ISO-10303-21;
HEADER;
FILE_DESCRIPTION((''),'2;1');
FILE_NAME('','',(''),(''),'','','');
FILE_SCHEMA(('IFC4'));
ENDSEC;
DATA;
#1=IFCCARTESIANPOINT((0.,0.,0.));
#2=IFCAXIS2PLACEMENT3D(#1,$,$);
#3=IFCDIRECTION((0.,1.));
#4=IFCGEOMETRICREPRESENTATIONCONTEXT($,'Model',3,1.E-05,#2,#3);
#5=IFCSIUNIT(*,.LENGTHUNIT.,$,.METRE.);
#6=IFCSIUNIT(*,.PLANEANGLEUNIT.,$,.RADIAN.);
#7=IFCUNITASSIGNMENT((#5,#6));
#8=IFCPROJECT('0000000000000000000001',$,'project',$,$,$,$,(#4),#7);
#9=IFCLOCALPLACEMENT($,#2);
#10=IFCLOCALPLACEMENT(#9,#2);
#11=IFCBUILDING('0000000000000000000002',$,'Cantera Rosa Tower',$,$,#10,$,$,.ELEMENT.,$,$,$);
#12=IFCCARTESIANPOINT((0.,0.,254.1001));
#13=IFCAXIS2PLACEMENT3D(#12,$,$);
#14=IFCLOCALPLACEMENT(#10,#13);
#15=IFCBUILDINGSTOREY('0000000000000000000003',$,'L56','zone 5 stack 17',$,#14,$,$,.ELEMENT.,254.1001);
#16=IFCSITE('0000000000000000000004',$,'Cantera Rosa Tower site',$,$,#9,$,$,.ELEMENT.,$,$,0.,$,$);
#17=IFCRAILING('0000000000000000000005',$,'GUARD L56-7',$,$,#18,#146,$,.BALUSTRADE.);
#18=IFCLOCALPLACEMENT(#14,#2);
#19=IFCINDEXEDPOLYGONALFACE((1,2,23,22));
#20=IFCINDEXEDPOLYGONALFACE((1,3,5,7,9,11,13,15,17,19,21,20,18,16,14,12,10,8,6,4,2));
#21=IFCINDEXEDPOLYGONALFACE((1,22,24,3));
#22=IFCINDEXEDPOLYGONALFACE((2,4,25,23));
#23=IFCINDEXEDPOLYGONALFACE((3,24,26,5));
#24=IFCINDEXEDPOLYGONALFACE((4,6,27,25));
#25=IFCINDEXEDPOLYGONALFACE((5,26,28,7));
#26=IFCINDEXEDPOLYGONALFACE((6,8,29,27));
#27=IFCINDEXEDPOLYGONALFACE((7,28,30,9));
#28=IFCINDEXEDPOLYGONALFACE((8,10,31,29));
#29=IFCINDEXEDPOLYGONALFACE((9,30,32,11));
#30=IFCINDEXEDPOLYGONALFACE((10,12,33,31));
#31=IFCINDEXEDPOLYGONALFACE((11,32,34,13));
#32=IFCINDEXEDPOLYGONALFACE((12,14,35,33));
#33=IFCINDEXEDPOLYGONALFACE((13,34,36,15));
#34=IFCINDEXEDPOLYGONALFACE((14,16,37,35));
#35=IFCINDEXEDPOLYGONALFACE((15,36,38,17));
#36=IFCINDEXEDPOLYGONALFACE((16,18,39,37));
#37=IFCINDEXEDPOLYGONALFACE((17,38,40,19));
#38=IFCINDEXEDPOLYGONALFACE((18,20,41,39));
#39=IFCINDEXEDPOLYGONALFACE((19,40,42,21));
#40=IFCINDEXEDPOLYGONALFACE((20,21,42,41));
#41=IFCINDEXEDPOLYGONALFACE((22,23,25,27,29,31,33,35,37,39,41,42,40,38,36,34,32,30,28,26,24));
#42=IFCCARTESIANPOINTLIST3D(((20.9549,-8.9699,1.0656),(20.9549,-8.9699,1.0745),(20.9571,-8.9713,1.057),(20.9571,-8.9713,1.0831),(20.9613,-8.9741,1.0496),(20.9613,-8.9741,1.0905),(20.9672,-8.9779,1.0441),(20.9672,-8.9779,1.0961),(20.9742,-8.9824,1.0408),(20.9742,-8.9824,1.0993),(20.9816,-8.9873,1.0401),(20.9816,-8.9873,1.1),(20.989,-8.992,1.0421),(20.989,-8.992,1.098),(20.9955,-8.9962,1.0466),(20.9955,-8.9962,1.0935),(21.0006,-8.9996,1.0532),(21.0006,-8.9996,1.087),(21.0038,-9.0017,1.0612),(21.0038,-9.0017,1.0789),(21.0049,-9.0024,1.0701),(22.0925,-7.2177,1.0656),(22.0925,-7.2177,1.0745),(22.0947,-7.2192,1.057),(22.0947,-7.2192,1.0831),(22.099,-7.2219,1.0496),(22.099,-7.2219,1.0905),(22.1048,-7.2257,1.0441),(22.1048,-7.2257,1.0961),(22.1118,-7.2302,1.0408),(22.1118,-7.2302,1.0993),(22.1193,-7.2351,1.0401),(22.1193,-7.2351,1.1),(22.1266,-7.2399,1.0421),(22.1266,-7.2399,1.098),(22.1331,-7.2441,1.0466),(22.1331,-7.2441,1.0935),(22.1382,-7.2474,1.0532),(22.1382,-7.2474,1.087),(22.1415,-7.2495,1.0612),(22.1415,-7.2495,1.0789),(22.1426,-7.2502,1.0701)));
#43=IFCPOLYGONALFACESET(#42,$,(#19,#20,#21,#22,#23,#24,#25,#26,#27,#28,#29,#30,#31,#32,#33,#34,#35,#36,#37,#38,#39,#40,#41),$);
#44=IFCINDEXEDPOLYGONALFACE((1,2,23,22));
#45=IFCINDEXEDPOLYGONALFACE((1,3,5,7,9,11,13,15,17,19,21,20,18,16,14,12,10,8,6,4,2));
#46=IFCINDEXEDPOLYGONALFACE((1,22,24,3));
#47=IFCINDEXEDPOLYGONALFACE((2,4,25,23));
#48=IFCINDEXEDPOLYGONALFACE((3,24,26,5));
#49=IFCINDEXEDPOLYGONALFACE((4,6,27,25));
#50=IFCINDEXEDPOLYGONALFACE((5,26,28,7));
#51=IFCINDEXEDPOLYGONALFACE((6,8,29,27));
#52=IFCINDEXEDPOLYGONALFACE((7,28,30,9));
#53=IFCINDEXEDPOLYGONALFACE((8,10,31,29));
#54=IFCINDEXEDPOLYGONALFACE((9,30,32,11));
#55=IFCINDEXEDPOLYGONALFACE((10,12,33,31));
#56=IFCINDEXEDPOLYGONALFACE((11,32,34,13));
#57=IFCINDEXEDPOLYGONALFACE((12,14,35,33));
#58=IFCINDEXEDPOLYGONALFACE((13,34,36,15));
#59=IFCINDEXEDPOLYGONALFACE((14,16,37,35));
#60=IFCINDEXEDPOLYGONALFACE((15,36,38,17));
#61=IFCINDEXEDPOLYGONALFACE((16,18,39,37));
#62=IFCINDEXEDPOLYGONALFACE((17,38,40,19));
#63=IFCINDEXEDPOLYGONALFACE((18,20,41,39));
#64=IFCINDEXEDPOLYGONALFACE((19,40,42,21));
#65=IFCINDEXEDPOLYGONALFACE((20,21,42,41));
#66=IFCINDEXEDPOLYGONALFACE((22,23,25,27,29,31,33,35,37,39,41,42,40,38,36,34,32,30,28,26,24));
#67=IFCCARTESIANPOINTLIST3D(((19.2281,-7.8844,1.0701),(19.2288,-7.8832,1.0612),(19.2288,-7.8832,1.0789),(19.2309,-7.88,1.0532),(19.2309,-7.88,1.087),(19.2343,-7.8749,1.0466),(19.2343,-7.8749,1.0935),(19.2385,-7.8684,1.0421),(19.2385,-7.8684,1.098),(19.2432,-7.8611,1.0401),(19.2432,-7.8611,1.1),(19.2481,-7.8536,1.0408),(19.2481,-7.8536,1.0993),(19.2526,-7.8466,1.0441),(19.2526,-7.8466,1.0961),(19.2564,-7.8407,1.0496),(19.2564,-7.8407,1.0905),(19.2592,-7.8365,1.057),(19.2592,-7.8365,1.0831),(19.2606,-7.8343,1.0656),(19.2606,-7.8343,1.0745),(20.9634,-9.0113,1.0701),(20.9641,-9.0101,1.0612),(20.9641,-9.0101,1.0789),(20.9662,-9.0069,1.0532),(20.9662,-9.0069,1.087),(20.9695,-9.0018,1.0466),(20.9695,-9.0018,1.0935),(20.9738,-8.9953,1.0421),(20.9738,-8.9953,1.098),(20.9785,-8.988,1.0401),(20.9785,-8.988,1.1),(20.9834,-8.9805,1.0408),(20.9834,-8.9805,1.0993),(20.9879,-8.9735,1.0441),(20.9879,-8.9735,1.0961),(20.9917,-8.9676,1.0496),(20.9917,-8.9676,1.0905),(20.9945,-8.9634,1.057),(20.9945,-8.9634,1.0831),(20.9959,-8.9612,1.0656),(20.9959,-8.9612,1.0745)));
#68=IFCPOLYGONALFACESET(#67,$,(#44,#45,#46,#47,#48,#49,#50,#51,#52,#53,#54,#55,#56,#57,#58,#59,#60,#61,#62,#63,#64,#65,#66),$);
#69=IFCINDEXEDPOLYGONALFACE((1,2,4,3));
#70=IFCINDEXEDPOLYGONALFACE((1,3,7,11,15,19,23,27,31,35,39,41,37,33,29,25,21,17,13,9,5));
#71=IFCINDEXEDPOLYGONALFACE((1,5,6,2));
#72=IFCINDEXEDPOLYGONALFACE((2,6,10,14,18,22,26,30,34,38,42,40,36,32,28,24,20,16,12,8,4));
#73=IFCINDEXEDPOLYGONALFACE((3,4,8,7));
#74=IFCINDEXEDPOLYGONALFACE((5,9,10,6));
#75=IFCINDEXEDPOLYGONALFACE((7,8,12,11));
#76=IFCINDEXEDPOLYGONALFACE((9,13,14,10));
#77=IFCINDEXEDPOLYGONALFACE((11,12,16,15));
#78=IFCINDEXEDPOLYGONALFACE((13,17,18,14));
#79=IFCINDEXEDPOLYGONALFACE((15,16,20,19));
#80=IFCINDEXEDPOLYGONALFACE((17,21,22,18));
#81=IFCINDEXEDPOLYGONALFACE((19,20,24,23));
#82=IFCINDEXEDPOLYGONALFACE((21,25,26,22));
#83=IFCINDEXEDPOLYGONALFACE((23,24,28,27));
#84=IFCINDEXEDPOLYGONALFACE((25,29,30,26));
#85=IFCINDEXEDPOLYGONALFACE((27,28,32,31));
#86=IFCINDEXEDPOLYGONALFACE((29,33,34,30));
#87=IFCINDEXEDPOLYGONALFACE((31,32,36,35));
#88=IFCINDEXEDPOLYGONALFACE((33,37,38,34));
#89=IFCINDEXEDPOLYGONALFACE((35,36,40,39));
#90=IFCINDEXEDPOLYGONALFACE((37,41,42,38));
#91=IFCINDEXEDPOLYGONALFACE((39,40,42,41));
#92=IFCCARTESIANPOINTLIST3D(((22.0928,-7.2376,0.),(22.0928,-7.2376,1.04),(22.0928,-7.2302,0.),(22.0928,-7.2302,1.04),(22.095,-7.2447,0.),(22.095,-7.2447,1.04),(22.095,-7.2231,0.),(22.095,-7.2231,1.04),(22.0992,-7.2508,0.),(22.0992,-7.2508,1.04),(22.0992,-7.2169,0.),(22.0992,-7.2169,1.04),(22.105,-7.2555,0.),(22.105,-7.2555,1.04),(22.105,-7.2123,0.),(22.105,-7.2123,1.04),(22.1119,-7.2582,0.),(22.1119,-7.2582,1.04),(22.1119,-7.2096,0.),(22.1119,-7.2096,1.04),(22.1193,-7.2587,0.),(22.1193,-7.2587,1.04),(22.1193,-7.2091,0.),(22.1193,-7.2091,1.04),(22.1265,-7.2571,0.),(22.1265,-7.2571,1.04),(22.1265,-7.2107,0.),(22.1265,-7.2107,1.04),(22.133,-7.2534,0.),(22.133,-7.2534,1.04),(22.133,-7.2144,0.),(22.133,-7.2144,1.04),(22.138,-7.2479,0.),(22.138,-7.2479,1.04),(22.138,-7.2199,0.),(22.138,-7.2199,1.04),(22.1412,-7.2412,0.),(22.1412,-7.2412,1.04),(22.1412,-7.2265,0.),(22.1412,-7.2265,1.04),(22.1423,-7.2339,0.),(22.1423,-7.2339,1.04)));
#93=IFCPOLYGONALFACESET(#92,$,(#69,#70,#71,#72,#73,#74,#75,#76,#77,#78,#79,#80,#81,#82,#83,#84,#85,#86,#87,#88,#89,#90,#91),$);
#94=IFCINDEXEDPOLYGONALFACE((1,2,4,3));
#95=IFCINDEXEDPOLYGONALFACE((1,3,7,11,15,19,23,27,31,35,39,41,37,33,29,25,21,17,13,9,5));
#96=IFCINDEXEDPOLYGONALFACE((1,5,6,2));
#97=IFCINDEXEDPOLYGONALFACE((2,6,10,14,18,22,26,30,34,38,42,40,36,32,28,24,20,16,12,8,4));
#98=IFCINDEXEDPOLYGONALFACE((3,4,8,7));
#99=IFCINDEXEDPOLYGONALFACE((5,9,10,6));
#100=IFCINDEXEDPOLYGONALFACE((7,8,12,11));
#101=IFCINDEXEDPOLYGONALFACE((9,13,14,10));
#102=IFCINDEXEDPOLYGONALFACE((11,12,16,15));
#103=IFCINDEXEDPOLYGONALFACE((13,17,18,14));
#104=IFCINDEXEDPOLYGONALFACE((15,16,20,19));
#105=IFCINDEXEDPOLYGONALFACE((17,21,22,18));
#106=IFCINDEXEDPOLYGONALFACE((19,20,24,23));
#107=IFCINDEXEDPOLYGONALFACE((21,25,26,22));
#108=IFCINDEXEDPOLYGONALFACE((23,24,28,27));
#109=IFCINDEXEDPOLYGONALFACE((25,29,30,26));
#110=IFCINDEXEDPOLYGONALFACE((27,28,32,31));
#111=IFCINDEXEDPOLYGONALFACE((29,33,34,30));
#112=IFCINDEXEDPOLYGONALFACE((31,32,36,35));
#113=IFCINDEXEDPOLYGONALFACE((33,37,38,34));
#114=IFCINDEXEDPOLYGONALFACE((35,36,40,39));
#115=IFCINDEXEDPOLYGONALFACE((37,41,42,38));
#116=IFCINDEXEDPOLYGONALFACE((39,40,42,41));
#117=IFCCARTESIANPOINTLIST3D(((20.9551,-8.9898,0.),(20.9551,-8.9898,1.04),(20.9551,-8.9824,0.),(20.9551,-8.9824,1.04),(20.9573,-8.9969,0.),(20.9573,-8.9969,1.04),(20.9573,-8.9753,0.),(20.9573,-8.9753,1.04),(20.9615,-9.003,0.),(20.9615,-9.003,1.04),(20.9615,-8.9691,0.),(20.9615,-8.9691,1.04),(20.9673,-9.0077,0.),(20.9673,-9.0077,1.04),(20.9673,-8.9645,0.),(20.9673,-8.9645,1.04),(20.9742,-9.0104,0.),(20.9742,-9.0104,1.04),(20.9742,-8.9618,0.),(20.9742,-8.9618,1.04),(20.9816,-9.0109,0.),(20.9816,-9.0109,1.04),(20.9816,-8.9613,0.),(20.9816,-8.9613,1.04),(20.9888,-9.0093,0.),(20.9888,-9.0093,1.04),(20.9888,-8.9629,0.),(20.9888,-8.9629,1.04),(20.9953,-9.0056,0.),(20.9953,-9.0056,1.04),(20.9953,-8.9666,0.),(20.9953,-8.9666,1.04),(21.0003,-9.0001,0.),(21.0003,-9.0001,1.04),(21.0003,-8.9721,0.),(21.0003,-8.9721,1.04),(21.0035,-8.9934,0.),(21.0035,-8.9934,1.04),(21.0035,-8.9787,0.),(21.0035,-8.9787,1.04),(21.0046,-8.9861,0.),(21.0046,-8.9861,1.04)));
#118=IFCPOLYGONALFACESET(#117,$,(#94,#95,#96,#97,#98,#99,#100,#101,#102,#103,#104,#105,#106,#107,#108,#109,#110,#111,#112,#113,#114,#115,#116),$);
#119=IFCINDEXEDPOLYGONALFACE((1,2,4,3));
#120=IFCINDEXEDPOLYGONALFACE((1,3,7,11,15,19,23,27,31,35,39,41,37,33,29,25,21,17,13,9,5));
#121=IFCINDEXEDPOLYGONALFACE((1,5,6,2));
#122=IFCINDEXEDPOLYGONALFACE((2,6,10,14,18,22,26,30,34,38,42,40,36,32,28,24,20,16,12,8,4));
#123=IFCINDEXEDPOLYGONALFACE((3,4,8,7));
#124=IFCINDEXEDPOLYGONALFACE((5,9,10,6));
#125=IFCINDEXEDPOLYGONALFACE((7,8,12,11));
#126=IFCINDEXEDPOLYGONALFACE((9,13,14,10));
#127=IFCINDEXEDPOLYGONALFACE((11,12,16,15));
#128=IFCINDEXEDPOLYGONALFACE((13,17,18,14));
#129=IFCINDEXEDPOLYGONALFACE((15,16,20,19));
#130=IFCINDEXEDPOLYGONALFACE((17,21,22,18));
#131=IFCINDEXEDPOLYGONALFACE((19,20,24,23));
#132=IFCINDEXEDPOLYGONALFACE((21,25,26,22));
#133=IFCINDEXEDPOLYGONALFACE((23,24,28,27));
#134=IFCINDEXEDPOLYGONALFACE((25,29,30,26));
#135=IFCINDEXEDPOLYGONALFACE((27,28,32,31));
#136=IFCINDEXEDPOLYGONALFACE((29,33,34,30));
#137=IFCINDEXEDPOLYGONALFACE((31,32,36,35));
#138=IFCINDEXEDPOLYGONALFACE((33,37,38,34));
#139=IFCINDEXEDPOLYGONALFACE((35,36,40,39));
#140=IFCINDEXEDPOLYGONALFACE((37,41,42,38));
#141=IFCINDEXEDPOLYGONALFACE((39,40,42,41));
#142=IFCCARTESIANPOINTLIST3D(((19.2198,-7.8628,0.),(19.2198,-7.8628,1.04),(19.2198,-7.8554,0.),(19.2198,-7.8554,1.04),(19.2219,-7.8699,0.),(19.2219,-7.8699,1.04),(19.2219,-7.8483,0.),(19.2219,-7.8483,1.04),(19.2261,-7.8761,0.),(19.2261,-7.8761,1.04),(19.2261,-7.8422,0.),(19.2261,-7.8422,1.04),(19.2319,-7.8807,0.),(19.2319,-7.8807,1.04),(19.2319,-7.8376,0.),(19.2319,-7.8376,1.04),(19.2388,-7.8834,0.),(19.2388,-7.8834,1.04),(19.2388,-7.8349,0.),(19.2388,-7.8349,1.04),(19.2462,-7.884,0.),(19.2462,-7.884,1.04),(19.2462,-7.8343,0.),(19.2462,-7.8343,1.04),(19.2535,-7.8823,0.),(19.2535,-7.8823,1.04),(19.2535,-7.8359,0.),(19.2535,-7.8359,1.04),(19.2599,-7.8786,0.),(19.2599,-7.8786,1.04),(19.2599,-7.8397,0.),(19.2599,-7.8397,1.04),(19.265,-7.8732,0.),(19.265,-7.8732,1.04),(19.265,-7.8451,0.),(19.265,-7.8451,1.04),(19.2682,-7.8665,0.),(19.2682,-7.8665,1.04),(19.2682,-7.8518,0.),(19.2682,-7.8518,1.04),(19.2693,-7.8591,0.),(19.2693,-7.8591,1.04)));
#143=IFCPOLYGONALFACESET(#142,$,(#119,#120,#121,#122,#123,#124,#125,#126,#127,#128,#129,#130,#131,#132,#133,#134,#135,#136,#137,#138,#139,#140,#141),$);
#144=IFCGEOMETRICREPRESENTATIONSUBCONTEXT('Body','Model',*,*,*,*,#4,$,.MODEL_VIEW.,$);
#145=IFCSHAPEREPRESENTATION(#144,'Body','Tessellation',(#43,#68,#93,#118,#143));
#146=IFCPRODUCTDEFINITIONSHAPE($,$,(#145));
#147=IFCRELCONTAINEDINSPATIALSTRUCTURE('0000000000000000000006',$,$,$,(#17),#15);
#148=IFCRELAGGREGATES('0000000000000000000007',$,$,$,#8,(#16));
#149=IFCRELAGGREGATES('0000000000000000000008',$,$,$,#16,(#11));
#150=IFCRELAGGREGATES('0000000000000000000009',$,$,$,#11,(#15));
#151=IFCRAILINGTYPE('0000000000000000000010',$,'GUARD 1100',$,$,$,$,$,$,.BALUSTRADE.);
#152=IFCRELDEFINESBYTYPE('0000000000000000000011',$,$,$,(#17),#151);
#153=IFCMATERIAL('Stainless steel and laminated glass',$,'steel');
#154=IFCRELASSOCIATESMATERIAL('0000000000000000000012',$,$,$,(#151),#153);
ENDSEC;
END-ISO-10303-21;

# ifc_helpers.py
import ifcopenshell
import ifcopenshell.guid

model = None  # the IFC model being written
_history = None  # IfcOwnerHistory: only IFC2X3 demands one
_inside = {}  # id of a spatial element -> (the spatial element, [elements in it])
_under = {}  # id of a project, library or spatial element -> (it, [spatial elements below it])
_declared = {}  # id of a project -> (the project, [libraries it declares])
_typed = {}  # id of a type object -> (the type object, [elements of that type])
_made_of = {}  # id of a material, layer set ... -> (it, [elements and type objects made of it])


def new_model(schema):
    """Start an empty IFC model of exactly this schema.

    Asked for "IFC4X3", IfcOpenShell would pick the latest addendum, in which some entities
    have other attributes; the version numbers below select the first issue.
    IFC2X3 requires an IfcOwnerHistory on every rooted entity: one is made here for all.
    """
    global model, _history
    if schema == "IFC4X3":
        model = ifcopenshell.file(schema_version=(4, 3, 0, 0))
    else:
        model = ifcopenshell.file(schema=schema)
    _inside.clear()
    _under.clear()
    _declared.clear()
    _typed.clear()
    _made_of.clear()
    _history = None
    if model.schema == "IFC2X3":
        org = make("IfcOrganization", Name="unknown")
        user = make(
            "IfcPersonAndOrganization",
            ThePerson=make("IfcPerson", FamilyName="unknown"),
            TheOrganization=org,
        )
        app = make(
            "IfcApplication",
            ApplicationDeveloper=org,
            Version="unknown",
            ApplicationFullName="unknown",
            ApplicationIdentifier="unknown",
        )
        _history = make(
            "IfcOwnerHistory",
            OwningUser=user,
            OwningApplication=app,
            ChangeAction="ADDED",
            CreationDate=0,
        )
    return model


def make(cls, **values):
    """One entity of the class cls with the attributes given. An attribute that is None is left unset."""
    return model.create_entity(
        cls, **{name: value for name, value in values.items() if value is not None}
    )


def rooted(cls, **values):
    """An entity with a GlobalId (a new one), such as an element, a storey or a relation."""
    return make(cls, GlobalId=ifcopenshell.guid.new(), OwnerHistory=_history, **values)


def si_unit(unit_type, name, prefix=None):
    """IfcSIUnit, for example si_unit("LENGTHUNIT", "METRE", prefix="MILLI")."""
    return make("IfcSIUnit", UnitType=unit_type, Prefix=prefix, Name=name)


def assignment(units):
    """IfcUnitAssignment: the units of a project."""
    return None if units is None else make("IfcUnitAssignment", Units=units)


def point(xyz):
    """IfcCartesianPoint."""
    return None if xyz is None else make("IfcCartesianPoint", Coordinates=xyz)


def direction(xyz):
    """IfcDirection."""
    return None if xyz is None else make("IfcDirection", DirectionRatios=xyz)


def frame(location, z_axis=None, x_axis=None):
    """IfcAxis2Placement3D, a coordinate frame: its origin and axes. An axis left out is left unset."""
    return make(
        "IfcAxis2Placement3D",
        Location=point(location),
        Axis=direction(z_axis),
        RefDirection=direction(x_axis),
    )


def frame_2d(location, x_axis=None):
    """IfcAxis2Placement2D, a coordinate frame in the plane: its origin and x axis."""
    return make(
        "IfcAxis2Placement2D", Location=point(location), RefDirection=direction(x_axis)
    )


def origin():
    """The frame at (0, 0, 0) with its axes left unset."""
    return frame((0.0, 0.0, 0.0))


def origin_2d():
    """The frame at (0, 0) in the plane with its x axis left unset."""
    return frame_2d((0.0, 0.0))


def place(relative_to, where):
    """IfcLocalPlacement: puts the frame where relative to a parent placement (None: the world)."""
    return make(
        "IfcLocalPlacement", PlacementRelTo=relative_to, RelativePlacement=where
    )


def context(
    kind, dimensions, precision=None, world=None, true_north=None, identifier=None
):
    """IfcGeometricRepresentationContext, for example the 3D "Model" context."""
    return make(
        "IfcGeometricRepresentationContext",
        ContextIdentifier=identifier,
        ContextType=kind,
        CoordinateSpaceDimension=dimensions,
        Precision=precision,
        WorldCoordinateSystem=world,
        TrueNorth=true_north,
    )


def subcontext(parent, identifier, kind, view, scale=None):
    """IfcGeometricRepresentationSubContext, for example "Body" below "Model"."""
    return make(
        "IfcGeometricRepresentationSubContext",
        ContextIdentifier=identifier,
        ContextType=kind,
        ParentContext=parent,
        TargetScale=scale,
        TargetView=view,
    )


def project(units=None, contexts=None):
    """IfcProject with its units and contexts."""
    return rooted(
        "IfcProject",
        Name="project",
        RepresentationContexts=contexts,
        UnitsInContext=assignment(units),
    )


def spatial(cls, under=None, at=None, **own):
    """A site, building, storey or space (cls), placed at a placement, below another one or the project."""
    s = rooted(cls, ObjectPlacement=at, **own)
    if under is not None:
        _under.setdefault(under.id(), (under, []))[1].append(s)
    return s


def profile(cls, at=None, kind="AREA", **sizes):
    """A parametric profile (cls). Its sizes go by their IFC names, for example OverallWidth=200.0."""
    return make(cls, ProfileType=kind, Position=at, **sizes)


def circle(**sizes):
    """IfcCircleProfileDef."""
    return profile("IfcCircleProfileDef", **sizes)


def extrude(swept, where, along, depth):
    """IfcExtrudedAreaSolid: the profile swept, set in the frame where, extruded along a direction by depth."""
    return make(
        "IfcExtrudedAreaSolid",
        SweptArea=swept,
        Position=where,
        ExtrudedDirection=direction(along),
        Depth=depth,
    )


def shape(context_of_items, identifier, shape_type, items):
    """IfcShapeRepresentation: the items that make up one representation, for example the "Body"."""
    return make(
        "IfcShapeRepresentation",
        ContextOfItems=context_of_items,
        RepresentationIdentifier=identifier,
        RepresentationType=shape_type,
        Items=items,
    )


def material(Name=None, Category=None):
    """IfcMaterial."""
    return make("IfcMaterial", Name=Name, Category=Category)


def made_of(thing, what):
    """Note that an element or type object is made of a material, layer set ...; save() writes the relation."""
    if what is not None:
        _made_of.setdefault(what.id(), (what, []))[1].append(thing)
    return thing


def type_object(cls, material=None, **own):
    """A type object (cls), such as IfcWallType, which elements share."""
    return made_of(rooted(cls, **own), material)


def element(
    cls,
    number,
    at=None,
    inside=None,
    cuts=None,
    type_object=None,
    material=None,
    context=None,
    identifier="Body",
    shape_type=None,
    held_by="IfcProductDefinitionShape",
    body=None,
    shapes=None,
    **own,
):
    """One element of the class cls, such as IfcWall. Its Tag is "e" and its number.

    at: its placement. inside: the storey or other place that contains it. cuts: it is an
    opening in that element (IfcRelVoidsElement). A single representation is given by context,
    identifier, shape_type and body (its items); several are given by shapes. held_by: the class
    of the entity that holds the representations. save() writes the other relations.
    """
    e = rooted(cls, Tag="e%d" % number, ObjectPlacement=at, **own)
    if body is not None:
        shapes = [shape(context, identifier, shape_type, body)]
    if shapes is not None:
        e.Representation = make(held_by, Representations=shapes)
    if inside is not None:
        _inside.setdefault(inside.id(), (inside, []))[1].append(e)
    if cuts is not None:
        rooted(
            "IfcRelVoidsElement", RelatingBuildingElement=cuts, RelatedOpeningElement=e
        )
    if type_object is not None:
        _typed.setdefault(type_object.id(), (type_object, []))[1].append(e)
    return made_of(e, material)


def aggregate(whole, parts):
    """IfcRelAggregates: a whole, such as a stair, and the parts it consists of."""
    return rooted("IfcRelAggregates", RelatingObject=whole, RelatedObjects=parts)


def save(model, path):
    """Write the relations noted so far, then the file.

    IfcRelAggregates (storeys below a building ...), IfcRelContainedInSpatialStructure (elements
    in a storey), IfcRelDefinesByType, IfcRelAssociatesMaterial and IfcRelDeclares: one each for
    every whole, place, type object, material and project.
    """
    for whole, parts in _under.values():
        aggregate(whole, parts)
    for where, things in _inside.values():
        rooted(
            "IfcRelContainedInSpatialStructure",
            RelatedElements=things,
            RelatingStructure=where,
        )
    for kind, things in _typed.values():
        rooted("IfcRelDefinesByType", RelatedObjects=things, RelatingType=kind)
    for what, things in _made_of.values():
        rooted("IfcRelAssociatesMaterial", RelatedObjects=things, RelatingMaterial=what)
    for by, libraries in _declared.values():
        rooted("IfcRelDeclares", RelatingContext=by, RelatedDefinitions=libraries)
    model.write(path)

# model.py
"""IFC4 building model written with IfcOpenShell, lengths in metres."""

from ifc_helpers import new_model, si_unit, direction, frame, origin, origin_2d, place, context, subcontext, project, spatial, circle, extrude, material, type_object, element, save


model = new_model("IFC4")

# Units and contexts
model_context = context("Model", 3, precision=1e-05, world=origin(), true_north=direction((0.0, 1.0)))
body_context = subcontext(model_context, "Body", "Model", "MODEL_VIEW")
ifc_project = project(units=[si_unit("LENGTHUNIT", "METRE"), si_unit("PLANEANGLEUNIT", "RADIAN")], contexts=[model_context])

# Site, building, storey
site_placement = place(None, origin())
site = spatial("IfcSite", under=ifc_project, at=site_placement, Name="Cantera Rosa Tower site", CompositionType="ELEMENT", RefElevation=0.0)
building_placement = place(site_placement, origin())
building = spatial("IfcBuilding", under=site, at=building_placement, Name="Cantera Rosa Tower", CompositionType="ELEMENT")
storey_placement = place(building_placement, frame((0.0, 0.0, 254.1001)))
storey = spatial("IfcBuildingStorey", under=building, at=storey_placement, Name="L56", Description="zone 5 stack 17", CompositionType="ELEMENT", Elevation=254.1001)

# Railing
ifc_material_1 = material(Name="Stainless steel and laminated glass", Category="steel")
railing_type = type_object("IfcRailingType", Name="GUARD 1100", PredefinedType="BALUSTRADE", material=ifc_material_1)
railing_1_placement = place(storey_placement, frame((22.1174, -7.2339, 0.0)))
element("IfcRailing", 1, at=railing_1_placement, inside=storey, type_object=railing_type, Name="GUARD L56-7", PredefinedType="BALUSTRADE", context=body_context, shape_type="SweptSolid", body=[
    extrude(circle(Radius=0.03, at=origin_2d()), frame((0.0, 0.0, 1.0701), z_axis=(-0.544573, -0.838713, 0.0), x_axis=(0.838713, -0.544573, 0.0)), (0.0, 0.0, 1.0), 2.0891),
    extrude(circle(Radius=0.03, at=origin_2d()), frame((-1.1377, -1.7522, 1.0701), z_axis=(-0.83867, 0.54464, 0.0), x_axis=(-0.54464, -0.83867, 0.0)), (0.0, 0.0, 1.0), 2.0691),
    extrude(circle(Radius=0.0249, at=origin_2d()), origin(), (0.0, 0.0, 1.0), 1.04),
    extrude(circle(Radius=0.0249, at=origin_2d()), frame((-1.1377, -1.7522, 0.0)), (0.0, 0.0, 1.0), 1.04),
    extrude(circle(Radius=0.0249, at=origin_2d()), frame((-2.873, -0.6252, 0.0)), (0.0, 0.0, 1.0), 1.04),
])

save(model, "model.ifc")
